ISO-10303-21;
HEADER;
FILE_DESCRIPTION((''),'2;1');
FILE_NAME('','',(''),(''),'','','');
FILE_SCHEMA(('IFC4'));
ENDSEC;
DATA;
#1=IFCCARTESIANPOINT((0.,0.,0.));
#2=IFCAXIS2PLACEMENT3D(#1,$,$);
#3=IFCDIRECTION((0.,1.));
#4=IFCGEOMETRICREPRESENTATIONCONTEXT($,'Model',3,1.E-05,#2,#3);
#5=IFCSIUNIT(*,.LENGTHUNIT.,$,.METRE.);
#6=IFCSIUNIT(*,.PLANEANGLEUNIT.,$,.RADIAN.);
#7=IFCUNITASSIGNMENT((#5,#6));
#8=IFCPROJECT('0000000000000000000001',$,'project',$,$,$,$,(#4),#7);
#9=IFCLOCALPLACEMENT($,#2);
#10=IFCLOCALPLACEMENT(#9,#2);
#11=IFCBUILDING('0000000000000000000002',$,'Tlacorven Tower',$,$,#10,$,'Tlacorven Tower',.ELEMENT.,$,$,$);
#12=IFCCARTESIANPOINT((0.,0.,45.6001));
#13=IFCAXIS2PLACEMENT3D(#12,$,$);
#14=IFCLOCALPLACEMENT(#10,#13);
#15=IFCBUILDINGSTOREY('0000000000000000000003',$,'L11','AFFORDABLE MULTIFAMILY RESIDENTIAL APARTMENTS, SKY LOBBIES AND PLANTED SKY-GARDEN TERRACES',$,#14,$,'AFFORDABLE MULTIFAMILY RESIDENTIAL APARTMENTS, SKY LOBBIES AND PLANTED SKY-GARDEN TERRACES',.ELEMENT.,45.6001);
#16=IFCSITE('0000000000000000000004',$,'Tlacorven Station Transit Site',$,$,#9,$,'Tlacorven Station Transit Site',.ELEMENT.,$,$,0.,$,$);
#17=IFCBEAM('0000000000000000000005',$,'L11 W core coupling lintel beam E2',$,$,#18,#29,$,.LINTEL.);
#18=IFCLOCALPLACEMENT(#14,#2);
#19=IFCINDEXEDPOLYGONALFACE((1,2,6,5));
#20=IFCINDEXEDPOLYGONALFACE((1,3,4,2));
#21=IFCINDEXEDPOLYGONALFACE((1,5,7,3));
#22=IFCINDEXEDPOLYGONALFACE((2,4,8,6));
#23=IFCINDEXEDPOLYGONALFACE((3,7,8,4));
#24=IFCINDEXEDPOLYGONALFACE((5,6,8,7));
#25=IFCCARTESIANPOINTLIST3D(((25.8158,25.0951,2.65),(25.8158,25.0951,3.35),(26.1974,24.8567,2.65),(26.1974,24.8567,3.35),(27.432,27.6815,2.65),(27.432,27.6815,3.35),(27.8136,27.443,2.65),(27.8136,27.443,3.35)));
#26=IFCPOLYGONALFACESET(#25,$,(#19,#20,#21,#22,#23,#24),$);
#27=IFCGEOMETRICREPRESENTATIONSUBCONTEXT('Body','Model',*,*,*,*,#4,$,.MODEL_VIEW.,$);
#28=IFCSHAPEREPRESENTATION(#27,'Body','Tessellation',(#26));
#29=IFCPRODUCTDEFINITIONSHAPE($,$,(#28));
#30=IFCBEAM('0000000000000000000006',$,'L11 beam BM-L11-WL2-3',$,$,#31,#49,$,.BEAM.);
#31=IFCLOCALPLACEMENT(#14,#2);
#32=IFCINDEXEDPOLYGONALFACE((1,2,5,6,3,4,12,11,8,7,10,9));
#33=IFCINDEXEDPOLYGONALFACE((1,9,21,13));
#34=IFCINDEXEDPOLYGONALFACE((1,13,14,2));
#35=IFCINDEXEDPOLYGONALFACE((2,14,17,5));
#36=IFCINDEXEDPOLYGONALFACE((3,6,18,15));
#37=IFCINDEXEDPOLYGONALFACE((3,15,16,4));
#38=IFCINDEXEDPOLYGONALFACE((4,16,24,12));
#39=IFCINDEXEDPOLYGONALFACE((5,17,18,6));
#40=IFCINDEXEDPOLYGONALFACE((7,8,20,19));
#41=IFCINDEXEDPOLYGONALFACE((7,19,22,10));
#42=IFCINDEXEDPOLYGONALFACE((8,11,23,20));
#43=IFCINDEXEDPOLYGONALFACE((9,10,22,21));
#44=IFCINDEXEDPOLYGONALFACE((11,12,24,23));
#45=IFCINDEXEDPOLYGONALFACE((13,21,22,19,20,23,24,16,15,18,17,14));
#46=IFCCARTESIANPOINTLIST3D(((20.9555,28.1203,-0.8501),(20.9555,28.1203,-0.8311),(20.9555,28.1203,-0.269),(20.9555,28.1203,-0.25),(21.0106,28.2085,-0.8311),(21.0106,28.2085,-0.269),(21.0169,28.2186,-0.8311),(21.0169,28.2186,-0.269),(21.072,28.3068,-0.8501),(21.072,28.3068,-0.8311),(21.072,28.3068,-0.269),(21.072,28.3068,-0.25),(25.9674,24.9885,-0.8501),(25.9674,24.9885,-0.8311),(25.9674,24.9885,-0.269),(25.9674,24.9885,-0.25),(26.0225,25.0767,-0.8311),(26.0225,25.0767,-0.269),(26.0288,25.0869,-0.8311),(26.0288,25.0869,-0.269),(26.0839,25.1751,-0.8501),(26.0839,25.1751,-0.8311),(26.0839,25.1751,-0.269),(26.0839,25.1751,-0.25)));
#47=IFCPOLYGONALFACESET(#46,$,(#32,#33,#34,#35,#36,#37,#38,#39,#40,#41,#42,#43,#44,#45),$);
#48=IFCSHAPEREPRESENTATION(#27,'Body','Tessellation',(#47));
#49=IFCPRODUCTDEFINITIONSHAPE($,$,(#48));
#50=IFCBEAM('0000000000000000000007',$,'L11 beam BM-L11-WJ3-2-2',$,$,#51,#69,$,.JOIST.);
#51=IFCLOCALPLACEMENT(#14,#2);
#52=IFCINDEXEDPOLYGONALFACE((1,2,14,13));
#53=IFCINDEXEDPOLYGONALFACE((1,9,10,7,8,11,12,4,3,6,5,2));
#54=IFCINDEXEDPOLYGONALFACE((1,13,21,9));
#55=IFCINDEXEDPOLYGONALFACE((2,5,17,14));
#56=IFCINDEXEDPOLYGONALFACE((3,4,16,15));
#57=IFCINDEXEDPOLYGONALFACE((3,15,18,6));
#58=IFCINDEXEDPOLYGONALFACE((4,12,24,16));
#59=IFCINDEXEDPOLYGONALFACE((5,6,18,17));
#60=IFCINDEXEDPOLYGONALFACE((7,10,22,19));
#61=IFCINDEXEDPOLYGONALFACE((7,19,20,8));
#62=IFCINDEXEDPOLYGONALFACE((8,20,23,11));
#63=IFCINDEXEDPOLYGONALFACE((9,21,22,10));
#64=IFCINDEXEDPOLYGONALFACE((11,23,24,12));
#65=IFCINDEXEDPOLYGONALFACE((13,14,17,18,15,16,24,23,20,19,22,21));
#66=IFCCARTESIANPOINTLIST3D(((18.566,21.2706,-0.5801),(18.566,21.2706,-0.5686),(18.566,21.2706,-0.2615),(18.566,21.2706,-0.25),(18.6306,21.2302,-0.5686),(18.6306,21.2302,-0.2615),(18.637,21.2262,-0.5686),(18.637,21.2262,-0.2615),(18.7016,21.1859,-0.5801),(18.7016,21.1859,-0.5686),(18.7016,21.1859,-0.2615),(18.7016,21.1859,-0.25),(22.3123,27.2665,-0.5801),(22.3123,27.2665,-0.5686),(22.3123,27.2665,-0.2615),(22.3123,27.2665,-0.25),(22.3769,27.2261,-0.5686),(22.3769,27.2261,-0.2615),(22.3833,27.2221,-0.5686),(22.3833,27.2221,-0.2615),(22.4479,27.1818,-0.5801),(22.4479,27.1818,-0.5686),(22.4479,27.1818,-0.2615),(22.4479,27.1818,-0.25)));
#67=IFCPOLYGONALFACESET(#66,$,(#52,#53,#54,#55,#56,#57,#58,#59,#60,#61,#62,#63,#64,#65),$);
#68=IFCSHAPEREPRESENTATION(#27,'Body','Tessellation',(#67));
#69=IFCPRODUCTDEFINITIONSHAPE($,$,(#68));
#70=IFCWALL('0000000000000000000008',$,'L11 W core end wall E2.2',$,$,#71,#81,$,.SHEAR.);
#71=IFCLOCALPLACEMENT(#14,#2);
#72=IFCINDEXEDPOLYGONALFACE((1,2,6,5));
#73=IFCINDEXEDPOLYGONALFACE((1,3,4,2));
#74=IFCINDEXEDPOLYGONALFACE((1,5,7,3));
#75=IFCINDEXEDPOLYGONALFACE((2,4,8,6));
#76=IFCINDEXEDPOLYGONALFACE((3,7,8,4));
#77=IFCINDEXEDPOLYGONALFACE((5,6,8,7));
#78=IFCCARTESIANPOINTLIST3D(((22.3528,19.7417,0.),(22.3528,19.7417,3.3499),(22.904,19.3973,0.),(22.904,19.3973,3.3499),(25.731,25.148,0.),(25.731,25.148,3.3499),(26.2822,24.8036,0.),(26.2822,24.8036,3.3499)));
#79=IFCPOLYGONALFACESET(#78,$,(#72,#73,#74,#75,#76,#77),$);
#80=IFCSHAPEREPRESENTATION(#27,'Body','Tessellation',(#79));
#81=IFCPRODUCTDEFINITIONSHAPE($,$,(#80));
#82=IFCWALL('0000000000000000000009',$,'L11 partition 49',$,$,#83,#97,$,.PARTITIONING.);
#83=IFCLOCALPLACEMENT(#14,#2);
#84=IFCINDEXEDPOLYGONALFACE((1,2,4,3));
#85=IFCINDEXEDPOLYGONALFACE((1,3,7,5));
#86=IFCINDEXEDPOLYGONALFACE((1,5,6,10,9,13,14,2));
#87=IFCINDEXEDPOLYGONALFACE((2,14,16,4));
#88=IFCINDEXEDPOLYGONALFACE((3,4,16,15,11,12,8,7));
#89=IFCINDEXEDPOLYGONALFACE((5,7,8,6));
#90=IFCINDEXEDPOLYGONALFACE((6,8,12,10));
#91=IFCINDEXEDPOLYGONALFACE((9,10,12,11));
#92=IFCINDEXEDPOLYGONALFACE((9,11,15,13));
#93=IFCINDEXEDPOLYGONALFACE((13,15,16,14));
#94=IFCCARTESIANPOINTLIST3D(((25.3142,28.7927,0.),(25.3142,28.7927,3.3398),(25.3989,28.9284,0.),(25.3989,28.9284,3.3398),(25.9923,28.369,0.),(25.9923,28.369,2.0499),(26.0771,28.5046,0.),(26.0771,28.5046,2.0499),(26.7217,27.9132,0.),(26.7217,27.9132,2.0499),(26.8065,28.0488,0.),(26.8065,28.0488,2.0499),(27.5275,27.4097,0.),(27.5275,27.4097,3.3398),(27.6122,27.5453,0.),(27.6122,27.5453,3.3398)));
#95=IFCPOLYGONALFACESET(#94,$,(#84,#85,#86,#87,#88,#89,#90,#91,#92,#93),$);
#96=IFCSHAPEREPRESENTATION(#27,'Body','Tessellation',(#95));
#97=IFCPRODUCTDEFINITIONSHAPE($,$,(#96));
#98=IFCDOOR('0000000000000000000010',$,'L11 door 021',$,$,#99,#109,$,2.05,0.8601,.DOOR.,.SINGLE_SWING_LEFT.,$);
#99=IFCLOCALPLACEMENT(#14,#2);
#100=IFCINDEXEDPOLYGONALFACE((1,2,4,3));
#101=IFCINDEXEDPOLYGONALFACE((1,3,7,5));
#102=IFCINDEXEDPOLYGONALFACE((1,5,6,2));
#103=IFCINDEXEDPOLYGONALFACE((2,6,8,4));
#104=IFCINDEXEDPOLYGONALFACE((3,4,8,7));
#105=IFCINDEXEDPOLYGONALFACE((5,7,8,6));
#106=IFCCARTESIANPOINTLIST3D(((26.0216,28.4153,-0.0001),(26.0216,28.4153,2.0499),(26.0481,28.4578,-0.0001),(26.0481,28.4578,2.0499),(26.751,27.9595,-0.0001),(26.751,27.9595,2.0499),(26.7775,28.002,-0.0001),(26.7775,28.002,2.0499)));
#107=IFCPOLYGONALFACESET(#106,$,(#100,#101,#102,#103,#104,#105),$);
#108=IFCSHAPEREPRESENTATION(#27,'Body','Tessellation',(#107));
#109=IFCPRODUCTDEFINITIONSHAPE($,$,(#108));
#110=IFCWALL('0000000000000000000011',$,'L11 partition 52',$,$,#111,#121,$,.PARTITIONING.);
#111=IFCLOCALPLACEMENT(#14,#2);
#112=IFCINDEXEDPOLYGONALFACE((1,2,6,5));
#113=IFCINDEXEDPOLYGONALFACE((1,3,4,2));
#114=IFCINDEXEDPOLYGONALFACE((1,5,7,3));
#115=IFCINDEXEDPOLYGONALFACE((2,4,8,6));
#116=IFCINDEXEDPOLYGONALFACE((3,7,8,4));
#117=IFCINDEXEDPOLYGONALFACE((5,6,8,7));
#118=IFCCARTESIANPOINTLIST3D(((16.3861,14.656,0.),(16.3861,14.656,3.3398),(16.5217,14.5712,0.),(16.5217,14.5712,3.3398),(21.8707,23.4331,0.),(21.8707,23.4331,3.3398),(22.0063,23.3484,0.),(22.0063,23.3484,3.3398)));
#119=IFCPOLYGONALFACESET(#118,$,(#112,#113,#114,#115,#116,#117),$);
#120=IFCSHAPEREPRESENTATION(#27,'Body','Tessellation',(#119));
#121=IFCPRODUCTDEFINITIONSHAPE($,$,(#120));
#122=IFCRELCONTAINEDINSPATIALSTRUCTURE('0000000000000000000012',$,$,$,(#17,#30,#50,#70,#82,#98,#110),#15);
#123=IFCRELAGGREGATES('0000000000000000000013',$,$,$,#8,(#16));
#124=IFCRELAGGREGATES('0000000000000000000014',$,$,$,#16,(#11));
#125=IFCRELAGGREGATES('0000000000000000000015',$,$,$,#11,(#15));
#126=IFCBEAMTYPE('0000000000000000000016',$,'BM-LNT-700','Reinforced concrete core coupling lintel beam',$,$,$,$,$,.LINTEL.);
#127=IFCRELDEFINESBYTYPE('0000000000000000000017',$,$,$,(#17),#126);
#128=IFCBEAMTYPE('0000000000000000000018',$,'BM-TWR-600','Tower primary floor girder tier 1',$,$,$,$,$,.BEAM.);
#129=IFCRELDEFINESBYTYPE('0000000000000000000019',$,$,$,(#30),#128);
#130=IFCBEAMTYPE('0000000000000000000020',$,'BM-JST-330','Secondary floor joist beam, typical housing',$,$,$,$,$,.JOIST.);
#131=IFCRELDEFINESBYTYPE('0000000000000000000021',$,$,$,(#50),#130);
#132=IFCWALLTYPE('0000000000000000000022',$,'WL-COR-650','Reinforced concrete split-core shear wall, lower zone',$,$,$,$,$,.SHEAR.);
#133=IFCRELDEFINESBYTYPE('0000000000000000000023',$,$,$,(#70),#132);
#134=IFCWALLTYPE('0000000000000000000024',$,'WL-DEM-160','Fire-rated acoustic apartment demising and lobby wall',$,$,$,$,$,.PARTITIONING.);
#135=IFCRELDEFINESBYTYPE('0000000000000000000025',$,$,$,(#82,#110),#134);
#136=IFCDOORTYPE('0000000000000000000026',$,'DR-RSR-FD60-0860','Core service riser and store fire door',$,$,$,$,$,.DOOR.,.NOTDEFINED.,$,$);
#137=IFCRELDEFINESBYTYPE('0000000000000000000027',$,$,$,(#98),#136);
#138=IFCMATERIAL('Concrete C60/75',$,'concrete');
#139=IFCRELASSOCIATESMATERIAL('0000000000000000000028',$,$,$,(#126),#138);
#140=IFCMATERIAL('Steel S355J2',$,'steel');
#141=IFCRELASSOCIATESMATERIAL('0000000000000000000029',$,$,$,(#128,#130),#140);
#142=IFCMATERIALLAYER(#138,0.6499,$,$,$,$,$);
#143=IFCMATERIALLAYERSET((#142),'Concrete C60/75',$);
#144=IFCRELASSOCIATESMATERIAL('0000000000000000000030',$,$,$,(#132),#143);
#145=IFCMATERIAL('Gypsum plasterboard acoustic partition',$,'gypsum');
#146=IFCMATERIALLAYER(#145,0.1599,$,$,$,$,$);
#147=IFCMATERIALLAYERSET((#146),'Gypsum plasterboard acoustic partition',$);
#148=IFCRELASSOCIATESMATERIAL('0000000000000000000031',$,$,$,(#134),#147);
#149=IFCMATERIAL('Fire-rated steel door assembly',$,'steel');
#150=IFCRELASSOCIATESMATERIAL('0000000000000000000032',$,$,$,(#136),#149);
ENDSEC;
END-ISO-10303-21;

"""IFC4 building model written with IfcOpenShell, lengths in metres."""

from ifc_helpers import new_model, si_unit, direction, frame, frame_2d, origin, origin_2d, place, context, subcontext, project, spatial, rectangle, i_section, extrude, source, transform, mapped, material, layer, layer_set, material_profile, profile_set, type_object, element, fill, save


model = new_model("IFC4")

# Units and contexts
model_context = context("Model", 3, precision=1e-05, world=origin(), true_north=direction((0.0, 1.0)))
body_context = subcontext(model_context, "Body", "Model", "MODEL_VIEW")
ifc_project = project(units=[si_unit("LENGTHUNIT", "METRE"), si_unit("PLANEANGLEUNIT", "RADIAN")], contexts=[model_context])

# Site, building, storey
site_placement = place(None, origin())
site = spatial("IfcSite", under=ifc_project, at=site_placement, Name="Tlacorven Station Transit Site", LongName="Tlacorven Station Transit Site", CompositionType="ELEMENT", RefElevation=0.0)
building_placement = place(site_placement, origin())
building = spatial("IfcBuilding", under=site, at=building_placement, Name="Tlacorven Tower", LongName="Tlacorven Tower", CompositionType="ELEMENT")
storey_placement = place(building_placement, frame((0.0, 0.0, 45.6001)))
storey = spatial("IfcBuildingStorey", under=building, at=storey_placement, Name="L11", Description="AFFORDABLE MULTIFAMILY RESIDENTIAL APARTMENTS, SKY LOBBIES AND PLANTED SKY-GARDEN TERRACES", LongName="AFFORDABLE MULTIFAMILY RESIDENTIAL APARTMENTS, SKY LOBBIES AND PLANTED SKY-GARDEN TERRACES", CompositionType="ELEMENT", Elevation=45.6001)

# Beams
ifc_material_1 = material(Name="Concrete C60/75", Category="concrete")
ifc_material_profile_1 = material_profile(ifc_material_1, rectangle(XDim=0.45, YDim=0.7, at=origin_2d()), Name="RC 450X700")
ifc_profile_set_1 = profile_set([ifc_material_profile_1], Name="Concrete C60/75")
beam_type_1 = type_object("IfcBeamType", Name="BM-LNT-700", Description="Reinforced concrete core coupling lintel beam", PredefinedType="LINTEL", material=ifc_profile_set_1)
shared_shape_1 = source(origin(), body_context, "Body", "SweptSolid", [
    extrude(rectangle(XDim=0.45, YDim=0.7, at=origin_2d()), origin(), (0.0, 0.0, 1.0), 3.0498),
])
beam_1_placement = place(storey_placement, frame((27.6228, 27.5623, 3.0), z_axis=(-0.529927, -0.848043, 0.0), x_axis=(0.848043, -0.529927, 0.0)))
element("IfcBeam", 1, at=beam_1_placement, inside=storey, type_object=beam_type_1, Name="L11 W core coupling lintel beam E2", PredefinedType="LINTEL", context=body_context, shape_type="MappedRepresentation", body=[
    mapped(shared_shape_1, transform((0.0, 0.0, 0.0), scale=1.0)),
])
ifc_material_2 = material(Name="Steel S355J2", Category="steel")
ifc_material_profile_2 = material_profile(ifc_material_2, i_section(OverallWidth=0.22, OverallDepth=0.6001, WebThickness=0.012, FlangeThickness=0.019, at=origin_2d()), Name="IPE 600")
ifc_profile_set_2 = profile_set([ifc_material_profile_2], Name="Steel S355J2")
beam_type_2 = type_object("IfcBeamType", Name="BM-TWR-600", Description="Tower primary floor girder tier 1", PredefinedType="BEAM", material=ifc_profile_set_2)
shared_shape_2 = source(origin(), body_context, "Body", "SweptSolid", [
    extrude(i_section(OverallWidth=0.22, OverallDepth=0.6001, WebThickness=0.012, FlangeThickness=0.019, at=origin_2d()), origin(), (0.0, 0.0, 1.0), 5.9099),
])
beam_2_placement = place(storey_placement, frame((26.0256, 25.0818, -0.55), z_axis=(-0.848047, 0.529921, 0.0), x_axis=(-0.529921, -0.848047, 0.0)))
element("IfcBeam", 2, at=beam_2_placement, inside=storey, type_object=beam_type_2, Name="L11 beam BM-L11-WL2-3", PredefinedType="BEAM", context=body_context, shape_type="MappedRepresentation", body=[
    mapped(shared_shape_2, transform((0.0, 0.0, 0.0), scale=1.0)),
])
ifc_material_profile_3 = material_profile(ifc_material_2, i_section(OverallWidth=0.1599, OverallDepth=0.3301, WebThickness=0.0076, FlangeThickness=0.0115, at=origin_2d()), Name="IPE 330")
ifc_profile_set_3 = profile_set([ifc_material_profile_3], Name="Steel S355J2")
beam_type_3 = type_object("IfcBeamType", Name="BM-JST-330", Description="Secondary floor joist beam, typical housing", PredefinedType="JOIST", material=ifc_profile_set_3)
shared_shape_3 = source(origin(), body_context, "Body", "SweptSolid", [
    extrude(i_section(OverallWidth=0.1599, OverallDepth=0.3301, WebThickness=0.0076, FlangeThickness=0.0115, at=origin_2d()), origin(), (0.0, 0.0, 1.0), 7.0701),
])
beam_3_placement = place(storey_placement, frame((22.3801, 27.2241, -0.415), z_axis=(-0.52989, -0.848066, 0.0), x_axis=(0.848066, -0.52989, 0.0)))
element("IfcBeam", 3, at=beam_3_placement, inside=storey, type_object=beam_type_3, Name="L11 beam BM-L11-WJ3-2-2", PredefinedType="JOIST", context=body_context, shape_type="MappedRepresentation", body=[
    mapped(shared_shape_3, transform((0.0, 0.0, 0.0), scale=1.0)),
])

# Wall
ifc_layer_1 = layer(ifc_material_1, 0.6499)
ifc_layer_set_1 = layer_set([ifc_layer_1], Name="Concrete C60/75")
wall_type_1 = type_object("IfcWallType", Name="WL-COR-650", Description="Reinforced concrete split-core shear wall, lower zone", PredefinedType="SHEAR", material=ifc_layer_set_1)
wall_1_placement = place(storey_placement, frame((26.0066, 24.9758, 0.0), z_axis=(0.0, 0.0, 1.0), x_axis=(-0.529916, -0.84805, 0.0)))
element("IfcWall", 4, at=wall_1_placement, inside=storey, type_object=wall_type_1, Name="L11 W core end wall E2.2", PredefinedType="SHEAR", context=body_context, shape_type="SweptSolid", body=[
    extrude(rectangle(XDim=6.375, YDim=0.6499, at=frame_2d((3.1875, 0.0))), origin(), (0.0, 0.0, 1.0), 3.3499),
])

# Wall, opening, door
ifc_material_3 = material(Name="Gypsum plasterboard acoustic partition", Category="gypsum")
ifc_layer_2 = layer(ifc_material_3, 0.1599)
ifc_layer_set_2 = layer_set([ifc_layer_2], Name="Gypsum plasterboard acoustic partition")
wall_type_2 = type_object("IfcWallType", Name="WL-DEM-160", Description="Fire-rated acoustic apartment demising and lobby wall", PredefinedType="PARTITIONING", material=ifc_layer_set_2)
wall_2_placement = place(storey_placement, frame((27.5698, 27.4775, 0.0), z_axis=(0.0, 0.0, 1.0), x_axis=(-0.848051, 0.529915, 0.0)))
wall_2 = element("IfcWall", 5, at=wall_2_placement, inside=storey, type_object=wall_type_2, Name="L11 partition 49", PredefinedType="PARTITIONING", context=body_context, shape_type="SweptSolid", body=[
    extrude(rectangle(XDim=2.6099, YDim=0.1599, at=frame_2d((1.3049, 0.0))), origin(), (0.0, 0.0, 1.0), 3.3398),
])
opening_1_placement = place(wall_2_placement, frame((0.95, 0.0, 0.0)))
opening_1 = element("IfcOpeningElement", 6, at=opening_1_placement, cuts=wall_2, PredefinedType="OPENING", context=body_context, shape_type="SweptSolid", body=[
    extrude(rectangle(XDim=0.8601, YDim=2.05, at=frame_2d((0.4302, 1.0249))), frame((0.0, 0.0898, 0.0), z_axis=(0.0, -1.0, 0.0), x_axis=(1.0, 0.0, 0.0)), (0.0, 0.0, 1.0), 0.1799),
])
ifc_material_4 = material(Name="Fire-rated steel door assembly", Category="steel")
door_type_1 = type_object("IfcDoorType", Name="DR-RSR-FD60-0860", Description="Core service riser and store fire door", OperationType="NOTDEFINED", PredefinedType="DOOR", material=ifc_material_4)
shared_shape_4 = source(origin(), body_context, "Body", "SweptSolid", [
    extrude(rectangle(XDim=0.8601, YDim=2.05, at=frame_2d((0.4302, 1.0249))), frame((0.0, 0.0249, 0.0), z_axis=(0.0, -1.0, 0.0), x_axis=(1.0, 0.0, 0.0)), (0.0, 0.0, 1.0), 0.05),
])
door_1_placement = place(opening_1_placement, frame((0.8601, 0.0, 0.0), z_axis=(0.0, 0.0, 1.0), x_axis=(-1.0, 0.0, 0.0)))
door_1 = element("IfcDoor", 7, at=door_1_placement, inside=storey, type_object=door_type_1, Name="L11 door 021", OperationType="SINGLE_SWING_LEFT", OverallHeight=2.05, OverallWidth=0.8601, PredefinedType="DOOR", context=body_context, shape_type="MappedRepresentation", body=[
    mapped(shared_shape_4, transform((0.0, 0.0, 0.0), scale=1.0)),
])
fill(opening_1, door_1)

# Wall
wall_3_placement = place(storey_placement, frame((21.9385, 23.3906, 0.0), z_axis=(0.0, 0.0, 1.0), x_axis=(-0.529925, -0.848045, 0.0)))
element("IfcWall", 8, at=wall_3_placement, inside=storey, type_object=wall_type_2, Name="L11 partition 52", PredefinedType="PARTITIONING", context=body_context, shape_type="SweptSolid", body=[
    extrude(rectangle(XDim=10.3499, YDim=0.1599, at=frame_2d((5.1748, 0.0))), origin(), (0.0, 0.0, 1.0), 3.3398),
])

save(model, "model.ifc")
